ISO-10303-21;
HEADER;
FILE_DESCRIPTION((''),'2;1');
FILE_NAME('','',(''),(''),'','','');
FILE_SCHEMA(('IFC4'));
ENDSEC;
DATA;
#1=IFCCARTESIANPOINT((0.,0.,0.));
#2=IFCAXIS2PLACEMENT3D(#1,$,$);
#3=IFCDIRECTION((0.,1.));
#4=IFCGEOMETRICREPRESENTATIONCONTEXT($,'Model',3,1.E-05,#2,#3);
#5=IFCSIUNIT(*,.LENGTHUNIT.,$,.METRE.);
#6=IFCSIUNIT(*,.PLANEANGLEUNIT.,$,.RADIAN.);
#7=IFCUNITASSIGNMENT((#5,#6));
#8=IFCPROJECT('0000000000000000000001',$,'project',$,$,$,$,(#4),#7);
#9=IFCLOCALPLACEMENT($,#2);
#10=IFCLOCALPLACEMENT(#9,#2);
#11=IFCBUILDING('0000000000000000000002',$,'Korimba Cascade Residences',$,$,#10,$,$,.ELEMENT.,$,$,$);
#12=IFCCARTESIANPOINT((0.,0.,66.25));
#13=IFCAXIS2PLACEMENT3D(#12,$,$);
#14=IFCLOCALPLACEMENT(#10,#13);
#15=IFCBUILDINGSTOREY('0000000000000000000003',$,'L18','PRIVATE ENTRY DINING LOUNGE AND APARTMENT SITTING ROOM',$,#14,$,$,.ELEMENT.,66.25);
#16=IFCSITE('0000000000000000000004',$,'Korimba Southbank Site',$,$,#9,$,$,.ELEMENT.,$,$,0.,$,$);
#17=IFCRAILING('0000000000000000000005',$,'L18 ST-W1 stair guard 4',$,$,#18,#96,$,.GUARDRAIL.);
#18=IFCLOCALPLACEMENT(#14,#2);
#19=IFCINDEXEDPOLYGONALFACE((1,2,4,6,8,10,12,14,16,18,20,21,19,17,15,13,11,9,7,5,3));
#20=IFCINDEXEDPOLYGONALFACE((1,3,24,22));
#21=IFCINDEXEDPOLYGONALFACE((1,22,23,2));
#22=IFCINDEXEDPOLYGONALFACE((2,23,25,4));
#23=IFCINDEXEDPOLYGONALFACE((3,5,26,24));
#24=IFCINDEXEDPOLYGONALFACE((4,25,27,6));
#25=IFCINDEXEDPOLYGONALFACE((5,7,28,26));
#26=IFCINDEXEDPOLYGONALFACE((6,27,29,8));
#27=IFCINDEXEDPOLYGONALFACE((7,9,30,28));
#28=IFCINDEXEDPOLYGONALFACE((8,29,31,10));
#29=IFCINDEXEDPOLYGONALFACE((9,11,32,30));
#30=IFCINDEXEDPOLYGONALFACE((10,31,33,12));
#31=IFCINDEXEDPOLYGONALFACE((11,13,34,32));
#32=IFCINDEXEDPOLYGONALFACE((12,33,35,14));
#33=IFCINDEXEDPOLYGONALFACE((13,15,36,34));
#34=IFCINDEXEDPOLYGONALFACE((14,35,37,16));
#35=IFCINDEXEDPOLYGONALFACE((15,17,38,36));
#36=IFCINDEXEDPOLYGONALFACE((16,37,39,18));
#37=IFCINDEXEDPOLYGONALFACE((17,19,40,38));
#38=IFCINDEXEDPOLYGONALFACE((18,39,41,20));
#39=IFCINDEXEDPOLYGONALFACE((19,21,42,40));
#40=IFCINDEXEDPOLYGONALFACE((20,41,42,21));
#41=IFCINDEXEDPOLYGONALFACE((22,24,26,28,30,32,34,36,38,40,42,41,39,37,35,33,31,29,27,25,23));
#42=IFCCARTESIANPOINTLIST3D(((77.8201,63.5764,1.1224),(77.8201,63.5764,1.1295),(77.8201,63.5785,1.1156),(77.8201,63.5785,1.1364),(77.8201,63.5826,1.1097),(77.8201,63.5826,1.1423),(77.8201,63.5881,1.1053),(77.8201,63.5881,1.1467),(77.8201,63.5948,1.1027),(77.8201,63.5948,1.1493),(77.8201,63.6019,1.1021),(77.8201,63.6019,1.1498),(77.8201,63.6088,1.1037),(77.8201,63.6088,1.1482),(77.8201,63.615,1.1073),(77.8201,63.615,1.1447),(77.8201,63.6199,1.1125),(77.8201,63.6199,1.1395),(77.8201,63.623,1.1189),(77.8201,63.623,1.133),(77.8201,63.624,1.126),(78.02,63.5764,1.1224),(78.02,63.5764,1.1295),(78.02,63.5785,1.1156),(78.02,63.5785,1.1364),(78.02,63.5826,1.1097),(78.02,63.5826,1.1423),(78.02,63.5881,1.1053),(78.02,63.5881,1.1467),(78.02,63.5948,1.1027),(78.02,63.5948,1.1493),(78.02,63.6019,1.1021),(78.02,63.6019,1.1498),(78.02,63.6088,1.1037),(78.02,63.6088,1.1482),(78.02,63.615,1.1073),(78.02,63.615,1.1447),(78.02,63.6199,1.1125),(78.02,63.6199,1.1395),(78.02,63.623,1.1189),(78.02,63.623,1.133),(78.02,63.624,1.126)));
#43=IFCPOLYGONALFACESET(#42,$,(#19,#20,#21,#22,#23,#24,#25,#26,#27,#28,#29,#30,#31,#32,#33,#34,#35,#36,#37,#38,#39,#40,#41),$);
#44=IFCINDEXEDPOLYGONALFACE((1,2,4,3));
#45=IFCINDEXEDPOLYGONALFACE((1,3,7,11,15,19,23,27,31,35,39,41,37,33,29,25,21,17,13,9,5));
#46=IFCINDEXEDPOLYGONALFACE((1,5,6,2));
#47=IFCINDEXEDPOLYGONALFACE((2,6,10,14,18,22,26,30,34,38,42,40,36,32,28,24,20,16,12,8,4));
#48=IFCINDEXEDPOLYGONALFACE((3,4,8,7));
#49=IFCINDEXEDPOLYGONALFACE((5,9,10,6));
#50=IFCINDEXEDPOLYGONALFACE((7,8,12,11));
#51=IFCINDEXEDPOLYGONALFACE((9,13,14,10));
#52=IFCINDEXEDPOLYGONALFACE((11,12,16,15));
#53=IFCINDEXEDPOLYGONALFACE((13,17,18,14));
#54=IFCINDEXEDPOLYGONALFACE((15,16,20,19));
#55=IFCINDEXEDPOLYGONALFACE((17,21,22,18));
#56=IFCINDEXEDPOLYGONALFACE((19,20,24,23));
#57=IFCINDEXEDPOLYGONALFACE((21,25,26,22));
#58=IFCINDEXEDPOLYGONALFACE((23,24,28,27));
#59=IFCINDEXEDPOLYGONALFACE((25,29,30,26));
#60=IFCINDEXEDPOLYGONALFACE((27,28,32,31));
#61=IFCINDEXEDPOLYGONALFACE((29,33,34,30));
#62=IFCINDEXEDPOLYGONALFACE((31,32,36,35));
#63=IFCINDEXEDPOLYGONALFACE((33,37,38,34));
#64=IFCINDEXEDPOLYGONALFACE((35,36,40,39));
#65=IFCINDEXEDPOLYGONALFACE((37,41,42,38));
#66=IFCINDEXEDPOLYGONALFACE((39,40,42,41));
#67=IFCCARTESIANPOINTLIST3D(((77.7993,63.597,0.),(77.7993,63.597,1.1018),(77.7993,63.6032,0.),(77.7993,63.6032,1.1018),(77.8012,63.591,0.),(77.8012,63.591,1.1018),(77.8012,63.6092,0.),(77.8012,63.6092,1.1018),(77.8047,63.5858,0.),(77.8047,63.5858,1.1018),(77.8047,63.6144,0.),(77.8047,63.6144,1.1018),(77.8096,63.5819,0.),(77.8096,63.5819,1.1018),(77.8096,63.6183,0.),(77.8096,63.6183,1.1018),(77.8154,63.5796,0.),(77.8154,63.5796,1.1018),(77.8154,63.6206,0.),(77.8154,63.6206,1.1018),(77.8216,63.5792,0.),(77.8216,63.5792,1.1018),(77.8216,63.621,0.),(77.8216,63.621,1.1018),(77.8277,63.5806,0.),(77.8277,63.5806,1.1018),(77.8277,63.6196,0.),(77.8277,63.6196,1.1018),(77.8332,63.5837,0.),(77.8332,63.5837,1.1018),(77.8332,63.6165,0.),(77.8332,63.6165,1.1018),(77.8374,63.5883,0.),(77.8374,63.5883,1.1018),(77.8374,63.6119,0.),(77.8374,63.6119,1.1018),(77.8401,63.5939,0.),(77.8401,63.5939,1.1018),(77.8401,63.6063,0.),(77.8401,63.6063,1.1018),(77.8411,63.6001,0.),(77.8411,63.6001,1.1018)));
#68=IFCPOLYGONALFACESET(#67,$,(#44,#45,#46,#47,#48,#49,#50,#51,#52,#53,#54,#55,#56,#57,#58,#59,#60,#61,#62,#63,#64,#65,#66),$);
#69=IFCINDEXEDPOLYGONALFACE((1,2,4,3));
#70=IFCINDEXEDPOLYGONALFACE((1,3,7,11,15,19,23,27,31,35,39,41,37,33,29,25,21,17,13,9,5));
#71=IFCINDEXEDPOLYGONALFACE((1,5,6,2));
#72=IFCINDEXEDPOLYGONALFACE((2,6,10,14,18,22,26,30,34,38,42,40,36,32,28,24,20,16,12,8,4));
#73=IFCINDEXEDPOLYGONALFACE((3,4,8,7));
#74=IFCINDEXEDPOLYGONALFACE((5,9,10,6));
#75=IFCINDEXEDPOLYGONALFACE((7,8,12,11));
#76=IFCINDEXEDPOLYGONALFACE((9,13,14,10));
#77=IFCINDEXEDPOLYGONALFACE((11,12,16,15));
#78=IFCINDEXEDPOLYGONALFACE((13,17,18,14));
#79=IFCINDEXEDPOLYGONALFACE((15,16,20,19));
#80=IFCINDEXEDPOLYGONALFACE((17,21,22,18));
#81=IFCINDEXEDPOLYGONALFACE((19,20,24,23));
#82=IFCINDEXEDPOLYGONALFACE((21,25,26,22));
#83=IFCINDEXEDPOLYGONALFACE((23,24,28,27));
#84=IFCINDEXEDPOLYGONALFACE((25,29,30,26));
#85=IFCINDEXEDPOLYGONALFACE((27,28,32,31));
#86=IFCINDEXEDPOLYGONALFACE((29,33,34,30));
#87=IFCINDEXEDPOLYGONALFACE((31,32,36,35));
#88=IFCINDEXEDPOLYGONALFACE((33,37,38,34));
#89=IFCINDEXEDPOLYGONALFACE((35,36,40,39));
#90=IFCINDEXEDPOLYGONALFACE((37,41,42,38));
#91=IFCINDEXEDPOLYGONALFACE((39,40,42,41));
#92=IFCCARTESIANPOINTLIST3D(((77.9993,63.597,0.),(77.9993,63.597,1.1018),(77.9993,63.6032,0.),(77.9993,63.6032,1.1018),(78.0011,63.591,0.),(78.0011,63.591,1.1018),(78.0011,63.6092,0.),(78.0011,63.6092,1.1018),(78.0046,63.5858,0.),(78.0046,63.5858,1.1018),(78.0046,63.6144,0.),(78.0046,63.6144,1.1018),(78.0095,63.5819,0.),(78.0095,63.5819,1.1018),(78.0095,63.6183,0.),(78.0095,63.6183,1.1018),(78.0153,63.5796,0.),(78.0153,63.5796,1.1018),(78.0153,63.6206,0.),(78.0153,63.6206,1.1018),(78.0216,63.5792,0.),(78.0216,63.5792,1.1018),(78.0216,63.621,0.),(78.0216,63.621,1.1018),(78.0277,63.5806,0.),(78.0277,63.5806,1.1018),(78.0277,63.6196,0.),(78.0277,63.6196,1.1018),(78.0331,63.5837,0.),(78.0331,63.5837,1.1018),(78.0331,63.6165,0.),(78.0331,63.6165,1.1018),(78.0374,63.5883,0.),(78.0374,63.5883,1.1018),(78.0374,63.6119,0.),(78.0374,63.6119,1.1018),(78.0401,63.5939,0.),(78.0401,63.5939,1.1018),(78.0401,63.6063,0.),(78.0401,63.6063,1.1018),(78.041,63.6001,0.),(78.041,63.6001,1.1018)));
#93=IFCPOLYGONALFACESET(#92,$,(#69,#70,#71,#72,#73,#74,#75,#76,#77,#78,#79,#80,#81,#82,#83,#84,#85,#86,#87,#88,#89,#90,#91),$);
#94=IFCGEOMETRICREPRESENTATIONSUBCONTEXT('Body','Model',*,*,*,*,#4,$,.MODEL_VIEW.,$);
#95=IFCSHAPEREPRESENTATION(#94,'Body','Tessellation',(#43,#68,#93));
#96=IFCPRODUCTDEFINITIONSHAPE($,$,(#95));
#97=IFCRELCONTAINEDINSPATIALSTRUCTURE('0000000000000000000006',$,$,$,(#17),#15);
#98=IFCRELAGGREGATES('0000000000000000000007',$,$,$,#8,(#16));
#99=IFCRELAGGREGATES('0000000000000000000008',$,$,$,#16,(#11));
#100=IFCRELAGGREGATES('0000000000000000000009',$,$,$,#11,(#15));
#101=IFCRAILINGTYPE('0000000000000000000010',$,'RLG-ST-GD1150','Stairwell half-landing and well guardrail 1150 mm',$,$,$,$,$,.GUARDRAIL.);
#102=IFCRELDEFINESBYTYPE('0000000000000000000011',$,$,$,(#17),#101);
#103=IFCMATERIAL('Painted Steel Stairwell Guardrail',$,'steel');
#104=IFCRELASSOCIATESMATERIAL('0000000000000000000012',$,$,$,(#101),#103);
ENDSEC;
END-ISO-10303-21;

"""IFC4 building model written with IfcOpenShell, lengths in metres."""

from ifc_helpers import new_model, si_unit, direction, frame, origin, origin_2d, place, context, subcontext, project, spatial, circle, extrude, material, type_object, element, save


model = new_model("IFC4")

# Units and contexts
model_context = context("Model", 3, precision=1e-05, world=origin(), true_north=direction((0.0, 1.0)))
body_context = subcontext(model_context, "Body", "Model", "MODEL_VIEW")
ifc_project = project(units=[si_unit("LENGTHUNIT", "METRE"), si_unit("PLANEANGLEUNIT", "RADIAN")], contexts=[model_context])

# Site, building, storey
site_placement = place(None, origin())
site = spatial("IfcSite", under=ifc_project, at=site_placement, Name="Korimba Southbank Site", CompositionType="ELEMENT", RefElevation=0.0)
building_placement = place(site_placement, origin())
building = spatial("IfcBuilding", under=site, at=building_placement, Name="Korimba Cascade Residences", CompositionType="ELEMENT")
storey_placement = place(building_placement, frame((0.0, 0.0, 66.25)))
storey = spatial("IfcBuildingStorey", under=building, at=storey_placement, Name="L18", Description="PRIVATE ENTRY DINING LOUNGE AND APARTMENT SITTING ROOM", CompositionType="ELEMENT", Elevation=66.25)

# Railing
ifc_material_1 = material(Name="Painted Steel Stairwell Guardrail", Category="steel")
railing_type_1 = type_object("IfcRailingType", Name="RLG-ST-GD1150", Description="Stairwell half-landing and well guardrail 1150 mm", PredefinedType="GUARDRAIL", material=ifc_material_1)
railing_1_placement = place(storey_placement, frame((77.8201, 63.6001, 0.0)))
element("IfcRailing", 1, at=railing_1_placement, inside=storey, type_object=railing_type_1, Name="L18 ST-W1 stair guard 4", PredefinedType="GUARDRAIL", context=body_context, shape_type="SweptSolid", body=[
    extrude(circle(Radius=0.0239, at=origin_2d()), frame((0.0, 0.0, 1.126), z_axis=(1.0, 0.0, 0.0), x_axis=(0.0, 1.0, 0.0)), (0.0, 0.0, 1.0), 0.2),
    extrude(circle(Radius=0.021, at=origin_2d()), origin(), (0.0, 0.0, 1.0), 1.1018),
    extrude(circle(Radius=0.021, at=origin_2d()), frame((0.2, 0.0, 0.0)), (0.0, 0.0, 1.0), 1.1018),
])

save(model, "model.ifc")
